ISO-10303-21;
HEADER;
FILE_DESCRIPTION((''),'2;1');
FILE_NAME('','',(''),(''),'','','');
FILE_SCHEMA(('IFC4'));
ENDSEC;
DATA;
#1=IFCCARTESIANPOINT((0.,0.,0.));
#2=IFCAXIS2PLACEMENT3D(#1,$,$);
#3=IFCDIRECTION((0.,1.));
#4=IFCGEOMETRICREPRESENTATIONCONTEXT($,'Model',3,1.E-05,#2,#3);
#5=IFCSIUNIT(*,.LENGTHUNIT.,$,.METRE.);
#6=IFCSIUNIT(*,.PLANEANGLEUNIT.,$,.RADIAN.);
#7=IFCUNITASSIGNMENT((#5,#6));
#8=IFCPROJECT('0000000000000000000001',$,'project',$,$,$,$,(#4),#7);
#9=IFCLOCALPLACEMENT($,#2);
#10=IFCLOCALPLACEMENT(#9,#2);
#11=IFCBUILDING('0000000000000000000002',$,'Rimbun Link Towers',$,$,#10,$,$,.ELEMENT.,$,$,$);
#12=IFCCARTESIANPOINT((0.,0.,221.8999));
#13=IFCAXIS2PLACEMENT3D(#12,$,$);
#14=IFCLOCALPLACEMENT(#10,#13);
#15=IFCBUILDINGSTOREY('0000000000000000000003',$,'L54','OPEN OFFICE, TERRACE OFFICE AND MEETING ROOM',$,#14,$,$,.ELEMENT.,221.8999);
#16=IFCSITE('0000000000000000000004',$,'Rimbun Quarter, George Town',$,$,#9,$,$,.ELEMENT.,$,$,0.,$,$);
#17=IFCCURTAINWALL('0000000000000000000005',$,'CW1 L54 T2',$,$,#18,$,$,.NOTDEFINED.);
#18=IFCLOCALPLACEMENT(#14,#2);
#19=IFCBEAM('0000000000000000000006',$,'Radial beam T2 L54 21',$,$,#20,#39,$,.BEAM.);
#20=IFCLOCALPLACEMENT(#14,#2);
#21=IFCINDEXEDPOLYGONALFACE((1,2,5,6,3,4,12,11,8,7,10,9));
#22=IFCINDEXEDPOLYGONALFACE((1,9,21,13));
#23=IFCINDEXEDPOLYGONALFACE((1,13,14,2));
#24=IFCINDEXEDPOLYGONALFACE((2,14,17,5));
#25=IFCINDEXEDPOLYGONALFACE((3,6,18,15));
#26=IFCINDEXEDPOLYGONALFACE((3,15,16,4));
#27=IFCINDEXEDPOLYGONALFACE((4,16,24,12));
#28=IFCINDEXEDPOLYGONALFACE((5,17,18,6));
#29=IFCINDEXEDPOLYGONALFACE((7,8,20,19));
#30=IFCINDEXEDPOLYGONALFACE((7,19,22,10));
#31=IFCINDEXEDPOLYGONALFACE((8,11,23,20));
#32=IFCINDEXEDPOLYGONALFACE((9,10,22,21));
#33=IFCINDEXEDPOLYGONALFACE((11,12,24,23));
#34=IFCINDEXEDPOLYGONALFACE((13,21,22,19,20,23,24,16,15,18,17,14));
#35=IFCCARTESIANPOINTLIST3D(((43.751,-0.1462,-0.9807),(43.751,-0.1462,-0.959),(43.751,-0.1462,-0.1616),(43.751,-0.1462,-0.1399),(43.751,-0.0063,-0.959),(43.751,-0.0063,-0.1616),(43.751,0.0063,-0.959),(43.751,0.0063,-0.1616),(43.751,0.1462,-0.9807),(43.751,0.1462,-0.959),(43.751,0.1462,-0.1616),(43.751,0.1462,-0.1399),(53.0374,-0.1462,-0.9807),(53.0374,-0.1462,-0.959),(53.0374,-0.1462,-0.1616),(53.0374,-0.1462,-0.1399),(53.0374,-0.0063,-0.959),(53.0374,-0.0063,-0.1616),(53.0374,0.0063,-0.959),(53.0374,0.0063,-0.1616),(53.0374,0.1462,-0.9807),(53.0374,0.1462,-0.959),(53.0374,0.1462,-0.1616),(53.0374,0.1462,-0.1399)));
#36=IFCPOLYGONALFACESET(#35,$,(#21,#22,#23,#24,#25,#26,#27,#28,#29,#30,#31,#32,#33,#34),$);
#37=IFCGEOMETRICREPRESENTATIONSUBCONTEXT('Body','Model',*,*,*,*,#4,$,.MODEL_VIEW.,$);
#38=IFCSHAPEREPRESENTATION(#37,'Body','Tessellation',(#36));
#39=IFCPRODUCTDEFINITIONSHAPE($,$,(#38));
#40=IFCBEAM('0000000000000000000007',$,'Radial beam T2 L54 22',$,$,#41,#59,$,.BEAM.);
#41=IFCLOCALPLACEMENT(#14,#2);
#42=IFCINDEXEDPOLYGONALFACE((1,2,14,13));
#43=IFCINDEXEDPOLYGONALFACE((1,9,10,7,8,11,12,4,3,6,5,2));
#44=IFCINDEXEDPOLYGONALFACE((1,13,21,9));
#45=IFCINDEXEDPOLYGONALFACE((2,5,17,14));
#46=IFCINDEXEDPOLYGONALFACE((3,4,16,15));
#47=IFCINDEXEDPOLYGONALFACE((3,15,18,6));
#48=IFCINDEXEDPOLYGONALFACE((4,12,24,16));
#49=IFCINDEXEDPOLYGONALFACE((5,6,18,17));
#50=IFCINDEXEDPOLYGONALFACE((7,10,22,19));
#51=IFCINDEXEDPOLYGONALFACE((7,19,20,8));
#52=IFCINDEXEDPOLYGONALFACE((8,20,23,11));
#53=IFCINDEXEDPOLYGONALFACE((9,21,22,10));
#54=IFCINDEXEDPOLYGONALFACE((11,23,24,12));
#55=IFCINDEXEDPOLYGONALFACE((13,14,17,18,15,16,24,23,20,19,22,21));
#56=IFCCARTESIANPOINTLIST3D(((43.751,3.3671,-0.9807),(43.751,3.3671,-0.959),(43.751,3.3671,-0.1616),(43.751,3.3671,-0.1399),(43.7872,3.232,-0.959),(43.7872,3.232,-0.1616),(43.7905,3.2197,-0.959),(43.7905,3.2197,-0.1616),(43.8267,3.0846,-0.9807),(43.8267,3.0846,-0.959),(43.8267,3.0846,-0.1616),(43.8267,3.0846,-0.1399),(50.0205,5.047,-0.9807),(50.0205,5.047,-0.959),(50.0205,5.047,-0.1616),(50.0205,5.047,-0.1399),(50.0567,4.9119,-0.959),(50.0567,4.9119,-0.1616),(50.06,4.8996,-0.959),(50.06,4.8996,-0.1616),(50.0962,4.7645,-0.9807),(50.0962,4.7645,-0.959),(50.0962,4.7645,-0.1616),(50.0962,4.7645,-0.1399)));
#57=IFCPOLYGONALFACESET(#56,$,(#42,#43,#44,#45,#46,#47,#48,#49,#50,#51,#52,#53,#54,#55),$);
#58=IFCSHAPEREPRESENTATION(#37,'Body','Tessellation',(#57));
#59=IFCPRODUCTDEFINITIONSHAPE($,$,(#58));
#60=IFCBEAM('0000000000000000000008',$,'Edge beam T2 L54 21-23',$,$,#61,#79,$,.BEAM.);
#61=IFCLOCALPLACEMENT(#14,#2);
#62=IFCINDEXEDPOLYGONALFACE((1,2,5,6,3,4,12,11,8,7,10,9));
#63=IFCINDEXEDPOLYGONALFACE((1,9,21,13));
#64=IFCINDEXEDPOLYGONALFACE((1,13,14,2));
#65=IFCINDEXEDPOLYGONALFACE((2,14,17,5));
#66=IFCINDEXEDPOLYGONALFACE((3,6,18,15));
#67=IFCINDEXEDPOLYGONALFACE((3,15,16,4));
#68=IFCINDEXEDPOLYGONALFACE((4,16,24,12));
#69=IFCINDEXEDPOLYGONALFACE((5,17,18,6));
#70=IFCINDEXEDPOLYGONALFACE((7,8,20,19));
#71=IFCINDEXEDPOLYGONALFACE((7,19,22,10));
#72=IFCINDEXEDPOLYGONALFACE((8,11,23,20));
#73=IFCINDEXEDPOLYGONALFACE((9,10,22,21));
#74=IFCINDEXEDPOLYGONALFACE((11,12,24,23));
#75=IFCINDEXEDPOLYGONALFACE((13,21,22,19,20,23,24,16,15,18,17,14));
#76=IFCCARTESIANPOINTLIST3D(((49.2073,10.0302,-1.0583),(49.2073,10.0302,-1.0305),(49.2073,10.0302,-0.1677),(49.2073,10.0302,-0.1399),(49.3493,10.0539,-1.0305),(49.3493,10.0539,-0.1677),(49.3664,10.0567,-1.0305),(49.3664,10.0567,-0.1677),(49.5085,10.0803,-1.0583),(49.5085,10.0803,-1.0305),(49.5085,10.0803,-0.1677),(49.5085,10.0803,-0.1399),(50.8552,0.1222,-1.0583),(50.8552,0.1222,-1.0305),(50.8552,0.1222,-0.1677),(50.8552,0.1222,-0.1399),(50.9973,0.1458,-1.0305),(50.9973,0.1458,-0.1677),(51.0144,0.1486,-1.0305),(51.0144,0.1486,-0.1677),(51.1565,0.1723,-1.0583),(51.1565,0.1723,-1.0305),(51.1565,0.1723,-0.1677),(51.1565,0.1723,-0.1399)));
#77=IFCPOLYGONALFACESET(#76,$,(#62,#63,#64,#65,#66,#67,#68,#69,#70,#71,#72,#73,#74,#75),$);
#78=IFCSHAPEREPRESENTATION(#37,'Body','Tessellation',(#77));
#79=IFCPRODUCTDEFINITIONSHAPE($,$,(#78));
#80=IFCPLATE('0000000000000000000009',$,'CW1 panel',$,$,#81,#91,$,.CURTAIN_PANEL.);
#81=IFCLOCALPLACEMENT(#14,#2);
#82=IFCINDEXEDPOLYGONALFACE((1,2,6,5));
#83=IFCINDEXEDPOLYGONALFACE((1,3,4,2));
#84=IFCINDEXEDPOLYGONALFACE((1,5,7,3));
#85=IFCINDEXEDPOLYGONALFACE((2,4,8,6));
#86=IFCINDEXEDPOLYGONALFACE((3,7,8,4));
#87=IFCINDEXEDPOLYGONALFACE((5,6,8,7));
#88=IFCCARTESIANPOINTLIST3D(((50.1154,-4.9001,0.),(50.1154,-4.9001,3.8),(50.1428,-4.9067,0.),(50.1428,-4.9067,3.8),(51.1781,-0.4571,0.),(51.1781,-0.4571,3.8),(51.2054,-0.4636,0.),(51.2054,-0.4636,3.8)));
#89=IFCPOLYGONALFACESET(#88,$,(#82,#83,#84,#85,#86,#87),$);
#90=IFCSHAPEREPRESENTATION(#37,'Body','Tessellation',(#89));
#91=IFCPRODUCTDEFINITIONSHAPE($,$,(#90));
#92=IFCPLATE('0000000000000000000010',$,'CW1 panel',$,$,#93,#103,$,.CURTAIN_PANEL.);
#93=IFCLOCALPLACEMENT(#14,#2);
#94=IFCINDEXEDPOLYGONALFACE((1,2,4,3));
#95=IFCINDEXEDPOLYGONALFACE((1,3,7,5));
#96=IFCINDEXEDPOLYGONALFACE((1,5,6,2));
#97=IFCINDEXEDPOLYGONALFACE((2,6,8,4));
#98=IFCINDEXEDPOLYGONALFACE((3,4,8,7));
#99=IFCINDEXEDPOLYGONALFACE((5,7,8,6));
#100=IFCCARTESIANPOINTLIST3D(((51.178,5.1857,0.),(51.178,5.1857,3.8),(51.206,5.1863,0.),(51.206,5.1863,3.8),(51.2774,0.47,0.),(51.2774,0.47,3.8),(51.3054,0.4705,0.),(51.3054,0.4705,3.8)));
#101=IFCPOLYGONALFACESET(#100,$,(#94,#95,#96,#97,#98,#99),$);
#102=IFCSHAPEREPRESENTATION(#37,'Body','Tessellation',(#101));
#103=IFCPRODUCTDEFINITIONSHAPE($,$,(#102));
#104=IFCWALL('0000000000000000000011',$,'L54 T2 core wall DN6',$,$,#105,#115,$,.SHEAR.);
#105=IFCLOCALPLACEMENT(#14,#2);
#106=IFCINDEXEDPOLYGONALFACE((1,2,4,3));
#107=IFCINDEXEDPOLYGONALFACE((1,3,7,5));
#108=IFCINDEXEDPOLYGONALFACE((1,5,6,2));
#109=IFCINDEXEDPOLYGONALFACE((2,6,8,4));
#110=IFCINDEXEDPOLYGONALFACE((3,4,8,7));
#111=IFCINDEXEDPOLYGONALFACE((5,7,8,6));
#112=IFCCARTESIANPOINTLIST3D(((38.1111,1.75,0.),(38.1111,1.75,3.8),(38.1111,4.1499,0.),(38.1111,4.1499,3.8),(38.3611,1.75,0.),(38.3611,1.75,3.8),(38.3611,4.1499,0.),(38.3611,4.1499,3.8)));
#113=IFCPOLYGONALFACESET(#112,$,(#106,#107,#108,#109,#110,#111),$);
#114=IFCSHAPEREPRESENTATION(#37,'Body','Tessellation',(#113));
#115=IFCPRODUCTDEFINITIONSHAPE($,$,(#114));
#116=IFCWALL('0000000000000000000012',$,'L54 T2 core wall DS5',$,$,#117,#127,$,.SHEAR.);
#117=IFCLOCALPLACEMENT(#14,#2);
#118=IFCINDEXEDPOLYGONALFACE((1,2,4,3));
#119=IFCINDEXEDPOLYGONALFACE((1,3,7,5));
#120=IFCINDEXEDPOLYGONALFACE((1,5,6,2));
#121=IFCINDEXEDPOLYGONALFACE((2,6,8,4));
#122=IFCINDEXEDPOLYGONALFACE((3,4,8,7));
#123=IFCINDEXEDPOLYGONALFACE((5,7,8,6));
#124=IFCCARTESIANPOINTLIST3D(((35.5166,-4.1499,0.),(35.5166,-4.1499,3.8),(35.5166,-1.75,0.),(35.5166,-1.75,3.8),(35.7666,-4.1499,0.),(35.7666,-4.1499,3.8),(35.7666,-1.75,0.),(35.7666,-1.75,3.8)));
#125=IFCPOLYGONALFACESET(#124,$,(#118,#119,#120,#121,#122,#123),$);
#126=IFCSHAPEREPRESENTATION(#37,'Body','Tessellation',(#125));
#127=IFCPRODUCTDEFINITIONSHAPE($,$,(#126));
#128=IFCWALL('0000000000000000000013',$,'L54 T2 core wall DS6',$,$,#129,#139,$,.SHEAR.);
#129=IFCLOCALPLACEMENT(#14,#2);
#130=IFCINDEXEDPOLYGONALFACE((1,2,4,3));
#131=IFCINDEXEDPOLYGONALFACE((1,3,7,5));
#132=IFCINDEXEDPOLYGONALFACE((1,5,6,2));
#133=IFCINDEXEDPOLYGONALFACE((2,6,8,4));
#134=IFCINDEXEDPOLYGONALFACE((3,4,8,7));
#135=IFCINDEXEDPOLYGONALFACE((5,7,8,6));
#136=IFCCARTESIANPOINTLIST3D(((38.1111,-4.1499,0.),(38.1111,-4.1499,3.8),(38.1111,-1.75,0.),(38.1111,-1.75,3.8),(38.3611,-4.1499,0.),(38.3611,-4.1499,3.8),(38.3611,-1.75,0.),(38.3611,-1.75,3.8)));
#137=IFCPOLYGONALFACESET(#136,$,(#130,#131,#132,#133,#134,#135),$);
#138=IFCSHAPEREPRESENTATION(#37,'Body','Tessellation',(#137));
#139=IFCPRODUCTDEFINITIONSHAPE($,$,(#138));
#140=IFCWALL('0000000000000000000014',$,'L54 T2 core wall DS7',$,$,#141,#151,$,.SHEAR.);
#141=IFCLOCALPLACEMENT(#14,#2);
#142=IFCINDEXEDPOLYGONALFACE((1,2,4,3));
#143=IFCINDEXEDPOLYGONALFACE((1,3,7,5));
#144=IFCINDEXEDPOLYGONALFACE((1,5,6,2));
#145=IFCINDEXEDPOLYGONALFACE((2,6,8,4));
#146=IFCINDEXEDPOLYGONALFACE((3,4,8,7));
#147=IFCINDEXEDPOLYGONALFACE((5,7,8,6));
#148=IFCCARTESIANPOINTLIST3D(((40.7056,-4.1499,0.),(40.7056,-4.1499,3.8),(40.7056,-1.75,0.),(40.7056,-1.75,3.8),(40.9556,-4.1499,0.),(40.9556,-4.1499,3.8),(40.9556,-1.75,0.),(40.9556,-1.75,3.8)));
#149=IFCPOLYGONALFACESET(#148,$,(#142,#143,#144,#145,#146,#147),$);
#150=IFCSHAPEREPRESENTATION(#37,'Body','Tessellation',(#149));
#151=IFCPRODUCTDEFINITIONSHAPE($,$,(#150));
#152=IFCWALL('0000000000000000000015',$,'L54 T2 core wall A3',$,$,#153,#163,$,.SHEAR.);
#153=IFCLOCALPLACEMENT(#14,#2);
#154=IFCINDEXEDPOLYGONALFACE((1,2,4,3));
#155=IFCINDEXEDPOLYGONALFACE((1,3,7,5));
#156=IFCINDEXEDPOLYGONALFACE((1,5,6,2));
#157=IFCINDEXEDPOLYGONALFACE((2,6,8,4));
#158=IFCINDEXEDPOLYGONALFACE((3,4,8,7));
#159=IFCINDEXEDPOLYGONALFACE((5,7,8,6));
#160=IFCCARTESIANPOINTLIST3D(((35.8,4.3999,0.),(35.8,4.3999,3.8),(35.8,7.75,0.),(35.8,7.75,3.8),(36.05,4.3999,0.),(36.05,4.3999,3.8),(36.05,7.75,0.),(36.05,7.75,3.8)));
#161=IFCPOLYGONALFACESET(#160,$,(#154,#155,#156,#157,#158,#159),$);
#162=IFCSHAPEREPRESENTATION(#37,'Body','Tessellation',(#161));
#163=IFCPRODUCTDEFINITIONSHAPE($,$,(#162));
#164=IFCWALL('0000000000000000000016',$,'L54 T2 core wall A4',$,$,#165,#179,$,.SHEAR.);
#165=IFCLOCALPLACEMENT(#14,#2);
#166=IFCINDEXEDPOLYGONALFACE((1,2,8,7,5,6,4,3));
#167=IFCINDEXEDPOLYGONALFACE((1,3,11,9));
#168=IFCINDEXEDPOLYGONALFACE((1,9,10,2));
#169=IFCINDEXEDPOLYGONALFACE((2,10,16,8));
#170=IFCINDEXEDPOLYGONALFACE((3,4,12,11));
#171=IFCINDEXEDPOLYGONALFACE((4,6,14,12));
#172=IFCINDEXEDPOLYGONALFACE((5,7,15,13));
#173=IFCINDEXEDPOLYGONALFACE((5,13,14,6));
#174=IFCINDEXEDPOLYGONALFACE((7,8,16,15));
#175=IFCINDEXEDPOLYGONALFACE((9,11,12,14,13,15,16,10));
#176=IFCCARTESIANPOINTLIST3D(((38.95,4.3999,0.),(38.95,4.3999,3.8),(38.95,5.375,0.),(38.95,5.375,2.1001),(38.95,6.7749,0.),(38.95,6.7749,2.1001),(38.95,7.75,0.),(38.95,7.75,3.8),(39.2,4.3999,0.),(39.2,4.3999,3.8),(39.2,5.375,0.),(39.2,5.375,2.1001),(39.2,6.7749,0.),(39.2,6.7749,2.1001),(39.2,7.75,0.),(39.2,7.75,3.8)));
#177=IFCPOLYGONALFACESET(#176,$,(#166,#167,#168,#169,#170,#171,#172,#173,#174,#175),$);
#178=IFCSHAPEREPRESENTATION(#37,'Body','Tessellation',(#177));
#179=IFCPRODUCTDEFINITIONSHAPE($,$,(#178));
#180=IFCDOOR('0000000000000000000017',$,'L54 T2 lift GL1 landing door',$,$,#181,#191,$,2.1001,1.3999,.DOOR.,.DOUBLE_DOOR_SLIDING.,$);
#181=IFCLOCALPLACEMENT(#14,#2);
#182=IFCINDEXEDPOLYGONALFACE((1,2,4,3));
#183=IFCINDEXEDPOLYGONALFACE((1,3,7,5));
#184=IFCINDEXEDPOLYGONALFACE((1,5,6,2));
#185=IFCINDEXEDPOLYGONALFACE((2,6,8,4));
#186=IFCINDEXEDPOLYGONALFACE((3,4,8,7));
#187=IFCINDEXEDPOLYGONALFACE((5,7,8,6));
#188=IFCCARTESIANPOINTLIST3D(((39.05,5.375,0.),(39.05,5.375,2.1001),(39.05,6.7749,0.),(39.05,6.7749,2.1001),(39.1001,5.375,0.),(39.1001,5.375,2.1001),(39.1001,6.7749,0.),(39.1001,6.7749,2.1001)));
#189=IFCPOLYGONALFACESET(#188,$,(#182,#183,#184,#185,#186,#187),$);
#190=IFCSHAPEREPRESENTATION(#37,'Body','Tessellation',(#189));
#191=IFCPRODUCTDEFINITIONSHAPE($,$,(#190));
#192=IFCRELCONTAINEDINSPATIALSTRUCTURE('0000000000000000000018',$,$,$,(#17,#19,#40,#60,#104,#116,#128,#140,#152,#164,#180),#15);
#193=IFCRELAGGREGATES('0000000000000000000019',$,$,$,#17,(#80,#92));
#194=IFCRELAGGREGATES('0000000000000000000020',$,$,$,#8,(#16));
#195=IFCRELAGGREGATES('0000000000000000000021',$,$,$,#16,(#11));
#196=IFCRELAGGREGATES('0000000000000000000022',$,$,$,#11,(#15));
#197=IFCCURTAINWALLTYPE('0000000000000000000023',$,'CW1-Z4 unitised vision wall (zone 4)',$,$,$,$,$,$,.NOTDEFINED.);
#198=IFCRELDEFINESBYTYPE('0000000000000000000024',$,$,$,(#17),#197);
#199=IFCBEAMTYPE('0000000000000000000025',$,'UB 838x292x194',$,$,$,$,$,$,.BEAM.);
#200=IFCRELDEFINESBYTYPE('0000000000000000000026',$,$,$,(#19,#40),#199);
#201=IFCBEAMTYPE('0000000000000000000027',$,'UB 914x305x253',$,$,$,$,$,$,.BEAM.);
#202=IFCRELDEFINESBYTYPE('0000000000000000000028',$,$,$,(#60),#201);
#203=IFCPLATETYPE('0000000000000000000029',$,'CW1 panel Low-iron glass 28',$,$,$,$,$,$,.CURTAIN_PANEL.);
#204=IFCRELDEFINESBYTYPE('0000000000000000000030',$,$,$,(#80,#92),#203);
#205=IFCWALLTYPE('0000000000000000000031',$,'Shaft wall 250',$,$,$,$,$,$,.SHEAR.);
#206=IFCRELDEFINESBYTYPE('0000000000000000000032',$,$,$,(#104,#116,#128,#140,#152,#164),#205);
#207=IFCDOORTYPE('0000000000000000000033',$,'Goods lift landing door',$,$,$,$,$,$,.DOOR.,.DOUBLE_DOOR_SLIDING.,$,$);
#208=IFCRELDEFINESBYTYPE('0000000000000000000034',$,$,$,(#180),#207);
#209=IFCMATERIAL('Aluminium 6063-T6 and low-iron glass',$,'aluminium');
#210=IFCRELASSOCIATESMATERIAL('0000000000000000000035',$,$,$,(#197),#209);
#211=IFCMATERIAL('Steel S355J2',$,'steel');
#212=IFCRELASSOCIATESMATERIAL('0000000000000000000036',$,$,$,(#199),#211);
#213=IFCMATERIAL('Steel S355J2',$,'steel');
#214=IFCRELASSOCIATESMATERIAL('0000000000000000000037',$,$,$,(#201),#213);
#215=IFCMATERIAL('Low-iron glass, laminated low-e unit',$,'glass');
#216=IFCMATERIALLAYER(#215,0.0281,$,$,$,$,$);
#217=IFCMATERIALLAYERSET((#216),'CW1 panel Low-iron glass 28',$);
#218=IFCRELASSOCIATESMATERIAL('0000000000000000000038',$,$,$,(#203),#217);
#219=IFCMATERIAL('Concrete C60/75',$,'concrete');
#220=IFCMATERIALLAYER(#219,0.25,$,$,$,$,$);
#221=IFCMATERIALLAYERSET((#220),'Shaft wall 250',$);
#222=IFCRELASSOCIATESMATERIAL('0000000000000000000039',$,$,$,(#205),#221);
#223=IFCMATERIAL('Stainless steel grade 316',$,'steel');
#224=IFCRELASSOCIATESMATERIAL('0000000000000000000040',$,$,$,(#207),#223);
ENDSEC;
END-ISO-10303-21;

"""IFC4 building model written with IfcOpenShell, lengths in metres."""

from ifc_helpers import new_model, si_unit, direction, frame, frame_2d, origin, origin_2d, place, context, subcontext, project, spatial, rectangle, i_section, extrude, material, layer, layer_set, material_profile, profile_set, type_object, element, fill, aggregate, save


model = new_model("IFC4")

# Units and contexts
model_context = context("Model", 3, precision=1e-05, world=origin(), true_north=direction((0.0, 1.0)))
body_context = subcontext(model_context, "Body", "Model", "MODEL_VIEW")
ifc_project = project(units=[si_unit("LENGTHUNIT", "METRE"), si_unit("PLANEANGLEUNIT", "RADIAN")], contexts=[model_context])

# Site, building, storey
site_placement = place(None, origin())
site = spatial("IfcSite", under=ifc_project, at=site_placement, Name="Rimbun Quarter, George Town", CompositionType="ELEMENT", RefElevation=0.0)
building_placement = place(site_placement, origin())
building = spatial("IfcBuilding", under=site, at=building_placement, Name="Rimbun Link Towers", CompositionType="ELEMENT")
storey_placement = place(building_placement, frame((0.0, 0.0, 221.8999)))
storey = spatial("IfcBuildingStorey", under=building, at=storey_placement, Name="L54", Description="OPEN OFFICE, TERRACE OFFICE AND MEETING ROOM", CompositionType="ELEMENT", Elevation=221.8999)

# Curtain wall
ifc_material_1 = material(Name="Aluminium 6063-T6 and low-iron glass", Category="aluminium")
curtain_wall_type = type_object("IfcCurtainWallType", Name="CW1-Z4 unitised vision wall (zone 4)", PredefinedType="NOTDEFINED", material=ifc_material_1)
curtain_wall_placement = place(storey_placement, origin())
curtain_wall = element("IfcCurtainWall", 1, at=curtain_wall_placement, inside=storey, type_object=curtain_wall_type, Name="CW1 L54 T2", PredefinedType="NOTDEFINED")

# Beams
ifc_material_2 = material(Name="Steel S355J2", Category="steel")
ifc_material_profile_1 = material_profile(ifc_material_2, i_section(OverallWidth=0.2925, OverallDepth=0.8408, WebThickness=0.0127, FlangeThickness=0.0217, at=origin_2d()), Name="UB 838x292x194")
ifc_profile_set_1 = profile_set([ifc_material_profile_1], Name="Steel S355J2")
beam_type_1 = type_object("IfcBeamType", Name="UB 838x292x194", PredefinedType="BEAM", material=ifc_profile_set_1)
beam_1_placement = place(storey_placement, frame((43.751, 0.0, -0.5603), z_axis=(1.0, 0.0, 0.0), x_axis=(0.0, 1.0, 0.0)))
element("IfcBeam", 2, at=beam_1_placement, inside=storey, type_object=beam_type_1, Name="Radial beam T2 L54 21", PredefinedType="BEAM", context=body_context, shape_type="SweptSolid", body=[
    extrude(i_section(OverallWidth=0.2925, OverallDepth=0.8408, WebThickness=0.0127, FlangeThickness=0.0217, at=origin_2d()), origin(), (0.0, 0.0, 1.0), 9.2864),
])
beam_2_placement = place(storey_placement, frame((43.7888, 3.2258, -0.5603), z_axis=(0.965925, 0.258821, 0.0), x_axis=(-0.258821, 0.965925, 0.0)))
element("IfcBeam", 3, at=beam_2_placement, inside=storey, type_object=beam_type_1, Name="Radial beam T2 L54 22", PredefinedType="BEAM", context=body_context, shape_type="SweptSolid", body=[
    extrude(i_section(OverallWidth=0.2925, OverallDepth=0.8408, WebThickness=0.0127, FlangeThickness=0.0217, at=origin_2d()), origin(), (0.0, 0.0, 1.0), 6.4907),
])
ifc_material_3 = material(Name="Steel S355J2", Category="steel")
ifc_material_profile_2 = material_profile(ifc_material_3, i_section(OverallWidth=0.3054, OverallDepth=0.9185, WebThickness=0.0173, FlangeThickness=0.0278, at=origin_2d()), Name="UB 914x305x253")
ifc_profile_set_2 = profile_set([ifc_material_profile_2], Name="Steel S355J2")
beam_type_2 = type_object("IfcBeamType", Name="UB 914x305x253", PredefinedType="BEAM", material=ifc_profile_set_2)
beam_3_placement = place(storey_placement, frame((51.0059, 0.1472, -0.5991), z_axis=(-0.164072, 0.986448, 0.0), x_axis=(-0.986448, -0.164072, 0.0)))
element("IfcBeam", 4, at=beam_3_placement, inside=storey, type_object=beam_type_2, Name="Edge beam T2 L54 21-23", PredefinedType="BEAM", context=body_context, shape_type="SweptSolid", body=[
    extrude(i_section(OverallWidth=0.3054, OverallDepth=0.9185, WebThickness=0.0173, FlangeThickness=0.0278, at=origin_2d()), origin(), (0.0, 0.0, 1.0), 10.0442),
])

# Plates
ifc_material_4 = material(Name="Low-iron glass, laminated low-e unit", Category="glass")
ifc_layer_1 = layer(ifc_material_4, 0.0281)
ifc_layer_set_1 = layer_set([ifc_layer_1], Name="CW1 panel Low-iron glass 28")
plate_type = type_object("IfcPlateType", Name="CW1 panel Low-iron glass 28", PredefinedType="CURTAIN_PANEL", material=ifc_layer_set_1)
plate_1_placement = place(storey_placement, frame((50.6604, -2.6819, 0.0), z_axis=(0.0, 0.0, 1.0), x_axis=(-0.232601, -0.972572, 0.0)))
plate_1 = element("IfcPlate", 5, at=plate_1_placement, type_object=plate_type, Name="CW1 panel", PredefinedType="CURTAIN_PANEL", context=body_context, shape_type="SweptSolid", body=[
    extrude(rectangle(XDim=4.5684, YDim=0.0281, at=origin_2d()), origin(), (0.0, 0.0, 1.0), 3.8),
])
plate_2_placement = place(storey_placement, frame((51.2417, 2.8281, 0.0), z_axis=(0.0, 0.0, 1.0), x_axis=(0.021069, -0.999778, 0.0)))
plate_2 = element("IfcPlate", 6, at=plate_2_placement, type_object=plate_type, Name="CW1 panel", PredefinedType="CURTAIN_PANEL", context=body_context, shape_type="SweptSolid", body=[
    extrude(rectangle(XDim=4.7168, YDim=0.0281, at=origin_2d()), origin(), (0.0, 0.0, 1.0), 3.8),
])
aggregate(curtain_wall, [plate_1, plate_2])

# Walls
ifc_material_5 = material(Name="Concrete C60/75", Category="concrete")
ifc_layer_2 = layer(ifc_material_5, 0.25)
ifc_layer_set_2 = layer_set([ifc_layer_2], Name="Shaft wall 250")
wall_type_1 = type_object("IfcWallType", Name="Shaft wall 250", PredefinedType="SHEAR", material=ifc_layer_set_2)
for number, where, z_axis, x_axis, name in (
    (7, (38.2361, 1.75, 0.0), (0.0, 0.0, 1.0), (0.0, 1.0, 0.0), "L54 T2 core wall DN6"),
    (8, (35.6416, -4.1499, 0.0), (0.0, 0.0, 1.0), (0.0, 1.0, 0.0), "L54 T2 core wall DS5"),
    (9, (38.2361, -4.1499, 0.0), (0.0, 0.0, 1.0), (0.0, 1.0, 0.0), "L54 T2 core wall DS6"),
    (10, (40.8306, -4.1499, 0.0), (0.0, 0.0, 1.0), (0.0, 1.0, 0.0), "L54 T2 core wall DS7"),
):
    element("IfcWall", number, at=place(storey_placement, frame(where, z_axis=z_axis, x_axis=x_axis)), inside=storey, type_object=wall_type_1, Name=name, PredefinedType="SHEAR", context=body_context, shape_type="SweptSolid", body=[
        extrude(rectangle(XDim=2.3999, YDim=0.25, at=frame_2d((1.2, 0.0))), origin(), (0.0, 0.0, 1.0), 3.8),
    ])
wall_1_placement = place(storey_placement, frame((35.925, 4.3999, 0.0), z_axis=(0.0, 0.0, 1.0), x_axis=(0.0, 1.0, 0.0)))
element("IfcWall", 11, at=wall_1_placement, inside=storey, type_object=wall_type_1, Name="L54 T2 core wall A3", PredefinedType="SHEAR", context=body_context, shape_type="SweptSolid", body=[
    extrude(rectangle(XDim=3.3501, YDim=0.25, at=frame_2d((1.675, 0.0))), origin(), (0.0, 0.0, 1.0), 3.8),
])

# Wall, opening, door
wall_2_placement = place(storey_placement, frame((39.075, 4.3999, 0.0), z_axis=(0.0, 0.0, 1.0), x_axis=(0.0, 1.0, 0.0)))
wall_2 = element("IfcWall", 12, at=wall_2_placement, inside=storey, type_object=wall_type_1, Name="L54 T2 core wall A4", PredefinedType="SHEAR", context=body_context, shape_type="SweptSolid", body=[
    extrude(rectangle(XDim=3.3501, YDim=0.25, at=frame_2d((1.675, 0.0))), origin(), (0.0, 0.0, 1.0), 3.8),
])
opening_1_placement = place(wall_2_placement, frame((0.9751, 0.0, 0.0)))
opening_1 = element("IfcOpeningElement", 13, at=opening_1_placement, cuts=wall_2, PredefinedType="OPENING", context=body_context, shape_type="SweptSolid", body=[
    extrude(rectangle(XDim=1.3999, YDim=2.1001, at=frame_2d((0.7, 1.05))), frame((0.0, 0.135, 0.0), z_axis=(0.0, -1.0, 0.0), x_axis=(1.0, 0.0, 0.0)), (0.0, 0.0, 1.0), 0.27),
])
ifc_material_6 = material(Name="Stainless steel grade 316", Category="steel")
door_type_1 = type_object("IfcDoorType", Name="Goods lift landing door", OperationType="DOUBLE_DOOR_SLIDING", PredefinedType="DOOR", material=ifc_material_6)
door_1_placement = place(opening_1_placement, origin())
door_1 = element("IfcDoor", 14, at=door_1_placement, inside=storey, type_object=door_type_1, Name="L54 T2 lift GL1 landing door", OperationType="DOUBLE_DOOR_SLIDING", OverallHeight=2.1001, OverallWidth=1.3999, PredefinedType="DOOR", context=body_context, shape_type="SweptSolid", body=[
    extrude(rectangle(XDim=1.3999, YDim=2.1001, at=frame_2d((0.7, 1.05))), frame((0.0, 0.0249, 0.0), z_axis=(0.0, -1.0, 0.0), x_axis=(1.0, 0.0, 0.0)), (0.0, 0.0, 1.0), 0.05),
])
fill(opening_1, door_1)

save(model, "model.ifc")
